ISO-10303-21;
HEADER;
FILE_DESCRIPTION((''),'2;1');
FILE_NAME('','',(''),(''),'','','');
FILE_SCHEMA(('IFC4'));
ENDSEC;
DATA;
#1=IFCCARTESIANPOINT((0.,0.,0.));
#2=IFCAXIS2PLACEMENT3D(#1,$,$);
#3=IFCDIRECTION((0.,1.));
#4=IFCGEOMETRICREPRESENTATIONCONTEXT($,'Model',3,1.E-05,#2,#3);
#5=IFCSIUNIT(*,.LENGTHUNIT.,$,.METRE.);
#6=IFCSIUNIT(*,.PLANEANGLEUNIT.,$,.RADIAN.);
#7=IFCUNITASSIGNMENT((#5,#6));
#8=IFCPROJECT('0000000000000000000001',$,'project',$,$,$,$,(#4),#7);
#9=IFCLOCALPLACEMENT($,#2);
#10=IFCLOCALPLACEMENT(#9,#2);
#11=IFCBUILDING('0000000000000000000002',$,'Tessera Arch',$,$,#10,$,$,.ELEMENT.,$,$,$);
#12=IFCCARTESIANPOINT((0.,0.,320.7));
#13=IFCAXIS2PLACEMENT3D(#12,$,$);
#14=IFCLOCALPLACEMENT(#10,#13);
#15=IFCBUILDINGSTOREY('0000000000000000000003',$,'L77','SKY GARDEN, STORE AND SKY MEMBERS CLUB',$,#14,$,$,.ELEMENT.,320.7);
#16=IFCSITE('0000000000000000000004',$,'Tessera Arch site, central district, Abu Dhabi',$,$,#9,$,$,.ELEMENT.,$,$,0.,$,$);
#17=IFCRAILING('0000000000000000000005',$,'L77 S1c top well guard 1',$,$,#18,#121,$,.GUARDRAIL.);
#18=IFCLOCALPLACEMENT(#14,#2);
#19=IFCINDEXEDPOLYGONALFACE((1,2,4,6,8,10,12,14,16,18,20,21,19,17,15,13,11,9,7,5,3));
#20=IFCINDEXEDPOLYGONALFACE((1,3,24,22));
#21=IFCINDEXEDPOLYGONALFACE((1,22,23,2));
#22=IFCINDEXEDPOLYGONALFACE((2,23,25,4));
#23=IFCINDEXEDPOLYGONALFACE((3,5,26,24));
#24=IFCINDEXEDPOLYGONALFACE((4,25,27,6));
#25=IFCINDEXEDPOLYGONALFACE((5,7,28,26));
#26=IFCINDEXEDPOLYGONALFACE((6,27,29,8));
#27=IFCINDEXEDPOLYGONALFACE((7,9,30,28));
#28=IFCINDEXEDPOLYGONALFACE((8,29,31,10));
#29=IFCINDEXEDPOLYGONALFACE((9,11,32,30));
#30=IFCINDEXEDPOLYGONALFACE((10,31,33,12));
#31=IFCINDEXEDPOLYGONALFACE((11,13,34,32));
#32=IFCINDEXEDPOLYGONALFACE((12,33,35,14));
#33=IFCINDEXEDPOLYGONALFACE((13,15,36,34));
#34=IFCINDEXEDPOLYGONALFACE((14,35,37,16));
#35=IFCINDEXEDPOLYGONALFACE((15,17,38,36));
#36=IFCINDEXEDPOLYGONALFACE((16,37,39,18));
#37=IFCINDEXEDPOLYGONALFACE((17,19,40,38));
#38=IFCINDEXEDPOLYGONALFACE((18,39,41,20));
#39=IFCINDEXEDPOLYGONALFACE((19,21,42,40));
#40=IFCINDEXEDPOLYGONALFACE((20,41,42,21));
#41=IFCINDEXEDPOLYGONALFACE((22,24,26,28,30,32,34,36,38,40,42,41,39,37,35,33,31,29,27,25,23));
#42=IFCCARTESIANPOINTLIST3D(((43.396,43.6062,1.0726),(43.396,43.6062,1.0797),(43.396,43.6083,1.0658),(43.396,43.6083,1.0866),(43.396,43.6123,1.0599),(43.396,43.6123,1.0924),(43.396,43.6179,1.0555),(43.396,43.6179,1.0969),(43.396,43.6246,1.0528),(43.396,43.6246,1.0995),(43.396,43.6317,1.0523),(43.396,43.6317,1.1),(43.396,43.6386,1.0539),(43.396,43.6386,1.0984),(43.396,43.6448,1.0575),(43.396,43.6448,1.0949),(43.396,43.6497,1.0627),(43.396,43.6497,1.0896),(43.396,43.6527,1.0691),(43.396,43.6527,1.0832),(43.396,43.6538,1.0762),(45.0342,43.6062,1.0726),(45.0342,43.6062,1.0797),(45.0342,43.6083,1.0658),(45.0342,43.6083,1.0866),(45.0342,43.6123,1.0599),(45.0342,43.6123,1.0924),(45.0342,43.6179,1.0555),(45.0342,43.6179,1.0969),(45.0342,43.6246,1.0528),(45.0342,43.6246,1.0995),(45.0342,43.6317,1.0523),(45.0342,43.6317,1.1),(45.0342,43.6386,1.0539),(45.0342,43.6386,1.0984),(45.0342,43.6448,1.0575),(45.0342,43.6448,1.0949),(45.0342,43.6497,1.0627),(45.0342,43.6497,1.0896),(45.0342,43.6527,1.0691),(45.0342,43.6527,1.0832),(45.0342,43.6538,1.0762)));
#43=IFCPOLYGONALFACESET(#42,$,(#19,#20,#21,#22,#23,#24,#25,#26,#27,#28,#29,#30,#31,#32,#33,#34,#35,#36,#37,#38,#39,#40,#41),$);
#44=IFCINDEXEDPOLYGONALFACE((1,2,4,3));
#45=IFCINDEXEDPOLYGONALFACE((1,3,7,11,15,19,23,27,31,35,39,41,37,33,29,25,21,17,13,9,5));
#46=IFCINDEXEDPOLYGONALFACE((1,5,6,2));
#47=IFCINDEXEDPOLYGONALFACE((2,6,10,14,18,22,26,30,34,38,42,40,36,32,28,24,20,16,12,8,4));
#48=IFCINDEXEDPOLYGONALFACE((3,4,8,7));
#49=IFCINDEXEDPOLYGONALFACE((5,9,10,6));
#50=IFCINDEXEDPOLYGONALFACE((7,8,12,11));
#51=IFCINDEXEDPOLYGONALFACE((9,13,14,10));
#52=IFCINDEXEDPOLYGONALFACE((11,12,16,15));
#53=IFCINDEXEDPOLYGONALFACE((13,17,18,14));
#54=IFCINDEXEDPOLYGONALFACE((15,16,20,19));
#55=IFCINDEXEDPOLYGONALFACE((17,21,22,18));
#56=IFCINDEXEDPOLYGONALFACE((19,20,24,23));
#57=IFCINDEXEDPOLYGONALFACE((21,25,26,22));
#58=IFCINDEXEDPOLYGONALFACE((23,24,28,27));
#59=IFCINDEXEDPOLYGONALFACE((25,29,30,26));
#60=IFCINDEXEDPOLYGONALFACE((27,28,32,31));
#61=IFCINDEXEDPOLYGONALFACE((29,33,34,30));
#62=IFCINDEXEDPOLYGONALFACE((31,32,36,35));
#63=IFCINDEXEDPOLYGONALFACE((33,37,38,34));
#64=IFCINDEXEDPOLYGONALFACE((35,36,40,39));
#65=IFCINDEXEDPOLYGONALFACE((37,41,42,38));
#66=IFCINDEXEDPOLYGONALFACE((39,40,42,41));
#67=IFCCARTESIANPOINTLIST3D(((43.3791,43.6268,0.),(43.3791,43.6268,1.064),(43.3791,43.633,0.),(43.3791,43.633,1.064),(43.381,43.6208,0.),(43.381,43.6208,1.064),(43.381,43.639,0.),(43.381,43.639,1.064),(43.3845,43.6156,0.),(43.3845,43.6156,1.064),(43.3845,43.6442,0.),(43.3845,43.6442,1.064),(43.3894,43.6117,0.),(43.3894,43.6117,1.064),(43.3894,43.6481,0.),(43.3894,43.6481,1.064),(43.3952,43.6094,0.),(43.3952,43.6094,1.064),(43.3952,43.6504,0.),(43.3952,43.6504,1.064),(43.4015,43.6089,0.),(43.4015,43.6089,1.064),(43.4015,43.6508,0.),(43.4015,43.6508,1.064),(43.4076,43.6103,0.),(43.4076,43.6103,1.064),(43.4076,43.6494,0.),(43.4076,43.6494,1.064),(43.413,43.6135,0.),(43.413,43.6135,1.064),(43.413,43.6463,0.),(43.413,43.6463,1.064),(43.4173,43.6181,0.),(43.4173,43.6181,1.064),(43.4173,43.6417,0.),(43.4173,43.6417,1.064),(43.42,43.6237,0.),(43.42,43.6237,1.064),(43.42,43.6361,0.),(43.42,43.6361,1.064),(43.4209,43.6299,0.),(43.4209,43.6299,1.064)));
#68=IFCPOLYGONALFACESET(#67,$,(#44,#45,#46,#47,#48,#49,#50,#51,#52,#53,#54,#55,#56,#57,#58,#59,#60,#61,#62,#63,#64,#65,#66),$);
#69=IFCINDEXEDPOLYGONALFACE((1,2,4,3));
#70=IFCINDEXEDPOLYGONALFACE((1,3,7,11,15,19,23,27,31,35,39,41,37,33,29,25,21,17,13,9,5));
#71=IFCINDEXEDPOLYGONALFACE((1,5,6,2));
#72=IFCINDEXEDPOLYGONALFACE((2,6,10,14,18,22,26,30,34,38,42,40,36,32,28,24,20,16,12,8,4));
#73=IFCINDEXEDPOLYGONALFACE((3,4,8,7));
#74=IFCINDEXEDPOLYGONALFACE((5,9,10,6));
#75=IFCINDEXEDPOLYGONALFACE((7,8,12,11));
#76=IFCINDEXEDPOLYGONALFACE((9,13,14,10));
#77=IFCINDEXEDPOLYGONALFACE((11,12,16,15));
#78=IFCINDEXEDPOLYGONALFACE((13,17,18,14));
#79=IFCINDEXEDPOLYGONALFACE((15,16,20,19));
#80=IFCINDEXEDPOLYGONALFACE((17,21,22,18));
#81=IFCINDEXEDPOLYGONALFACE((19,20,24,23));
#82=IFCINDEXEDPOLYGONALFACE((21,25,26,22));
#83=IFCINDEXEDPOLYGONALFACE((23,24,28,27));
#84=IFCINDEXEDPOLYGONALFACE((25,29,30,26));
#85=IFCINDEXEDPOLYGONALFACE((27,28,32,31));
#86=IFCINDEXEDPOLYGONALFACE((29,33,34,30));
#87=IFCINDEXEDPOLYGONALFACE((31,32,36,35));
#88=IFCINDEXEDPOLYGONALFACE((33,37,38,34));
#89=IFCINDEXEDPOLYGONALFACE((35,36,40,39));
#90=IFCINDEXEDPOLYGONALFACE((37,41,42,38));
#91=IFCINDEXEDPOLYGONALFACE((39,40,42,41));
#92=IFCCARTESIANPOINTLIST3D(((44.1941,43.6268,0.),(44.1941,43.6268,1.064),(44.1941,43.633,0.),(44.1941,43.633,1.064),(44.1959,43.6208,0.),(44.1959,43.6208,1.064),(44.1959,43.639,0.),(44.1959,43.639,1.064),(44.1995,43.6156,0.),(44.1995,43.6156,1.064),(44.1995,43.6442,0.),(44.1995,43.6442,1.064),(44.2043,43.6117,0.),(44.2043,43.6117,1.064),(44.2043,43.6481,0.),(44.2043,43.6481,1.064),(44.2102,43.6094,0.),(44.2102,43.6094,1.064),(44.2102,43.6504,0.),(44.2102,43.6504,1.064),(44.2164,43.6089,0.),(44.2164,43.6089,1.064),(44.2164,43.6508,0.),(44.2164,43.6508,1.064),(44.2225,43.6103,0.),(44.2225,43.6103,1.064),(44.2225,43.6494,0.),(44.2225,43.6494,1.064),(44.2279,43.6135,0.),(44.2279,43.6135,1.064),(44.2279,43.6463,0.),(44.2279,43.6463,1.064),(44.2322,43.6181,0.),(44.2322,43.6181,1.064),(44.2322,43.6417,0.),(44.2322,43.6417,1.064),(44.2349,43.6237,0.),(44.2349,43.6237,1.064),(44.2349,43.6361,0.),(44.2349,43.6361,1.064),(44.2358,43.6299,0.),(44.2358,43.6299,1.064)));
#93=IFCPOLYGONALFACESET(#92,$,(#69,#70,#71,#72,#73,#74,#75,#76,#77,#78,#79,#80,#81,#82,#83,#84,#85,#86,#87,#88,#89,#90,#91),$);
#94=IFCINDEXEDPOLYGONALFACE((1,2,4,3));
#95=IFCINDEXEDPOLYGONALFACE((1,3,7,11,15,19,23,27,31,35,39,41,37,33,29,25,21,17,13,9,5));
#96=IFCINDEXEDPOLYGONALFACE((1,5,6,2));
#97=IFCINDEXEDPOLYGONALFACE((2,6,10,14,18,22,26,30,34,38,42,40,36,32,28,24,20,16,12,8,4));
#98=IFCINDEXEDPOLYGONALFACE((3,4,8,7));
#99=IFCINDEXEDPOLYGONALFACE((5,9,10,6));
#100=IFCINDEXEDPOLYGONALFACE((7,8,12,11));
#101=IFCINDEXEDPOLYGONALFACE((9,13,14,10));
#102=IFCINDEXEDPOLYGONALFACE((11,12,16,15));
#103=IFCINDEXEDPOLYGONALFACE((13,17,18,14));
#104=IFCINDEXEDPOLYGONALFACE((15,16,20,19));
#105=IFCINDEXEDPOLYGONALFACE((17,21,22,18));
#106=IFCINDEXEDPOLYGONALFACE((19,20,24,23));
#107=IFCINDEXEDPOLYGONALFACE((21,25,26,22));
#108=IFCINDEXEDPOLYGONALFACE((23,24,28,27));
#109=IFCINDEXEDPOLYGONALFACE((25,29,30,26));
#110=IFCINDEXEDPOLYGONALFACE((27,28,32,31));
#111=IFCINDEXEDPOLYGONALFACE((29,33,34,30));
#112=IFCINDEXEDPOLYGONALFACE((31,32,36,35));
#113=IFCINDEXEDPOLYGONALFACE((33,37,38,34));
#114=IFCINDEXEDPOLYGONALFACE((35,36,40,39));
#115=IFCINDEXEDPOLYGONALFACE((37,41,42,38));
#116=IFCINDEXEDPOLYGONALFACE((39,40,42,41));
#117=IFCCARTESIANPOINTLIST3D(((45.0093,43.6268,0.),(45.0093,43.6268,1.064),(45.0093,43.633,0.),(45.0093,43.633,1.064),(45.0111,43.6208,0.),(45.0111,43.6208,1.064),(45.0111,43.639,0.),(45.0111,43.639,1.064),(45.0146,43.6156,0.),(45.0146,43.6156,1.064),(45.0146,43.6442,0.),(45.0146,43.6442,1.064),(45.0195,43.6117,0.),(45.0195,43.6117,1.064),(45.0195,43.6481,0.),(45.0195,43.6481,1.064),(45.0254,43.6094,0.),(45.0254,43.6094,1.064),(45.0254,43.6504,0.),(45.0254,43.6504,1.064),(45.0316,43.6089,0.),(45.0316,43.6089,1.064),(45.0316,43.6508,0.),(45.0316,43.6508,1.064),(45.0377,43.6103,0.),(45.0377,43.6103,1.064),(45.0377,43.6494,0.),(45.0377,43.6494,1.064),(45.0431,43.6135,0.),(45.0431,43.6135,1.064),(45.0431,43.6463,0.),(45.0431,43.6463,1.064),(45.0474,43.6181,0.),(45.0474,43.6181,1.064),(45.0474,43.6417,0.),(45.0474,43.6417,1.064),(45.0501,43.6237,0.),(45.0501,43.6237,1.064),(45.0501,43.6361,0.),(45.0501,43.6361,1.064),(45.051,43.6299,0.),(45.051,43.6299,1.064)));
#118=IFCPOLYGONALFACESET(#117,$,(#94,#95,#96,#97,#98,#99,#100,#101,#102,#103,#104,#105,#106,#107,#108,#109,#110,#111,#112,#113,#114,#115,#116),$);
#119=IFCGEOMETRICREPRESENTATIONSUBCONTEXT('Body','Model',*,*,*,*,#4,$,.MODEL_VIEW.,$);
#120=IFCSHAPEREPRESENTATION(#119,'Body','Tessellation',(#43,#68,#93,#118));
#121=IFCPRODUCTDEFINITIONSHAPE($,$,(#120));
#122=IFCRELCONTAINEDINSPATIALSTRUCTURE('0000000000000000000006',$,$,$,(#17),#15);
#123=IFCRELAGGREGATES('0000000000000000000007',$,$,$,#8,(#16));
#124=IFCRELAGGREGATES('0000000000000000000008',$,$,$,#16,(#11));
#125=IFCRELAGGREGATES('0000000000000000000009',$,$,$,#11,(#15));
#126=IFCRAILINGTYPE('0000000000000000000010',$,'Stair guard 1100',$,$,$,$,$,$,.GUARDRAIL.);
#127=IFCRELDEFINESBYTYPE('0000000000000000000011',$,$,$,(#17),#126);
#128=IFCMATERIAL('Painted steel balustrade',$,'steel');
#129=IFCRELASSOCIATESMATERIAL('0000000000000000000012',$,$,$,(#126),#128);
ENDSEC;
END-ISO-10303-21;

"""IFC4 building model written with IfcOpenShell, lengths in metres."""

from ifc_helpers import new_model, si_unit, direction, frame, origin, origin_2d, place, context, subcontext, project, spatial, circle, extrude, material, type_object, element, save


model = new_model("IFC4")

# Units and contexts
model_context = context("Model", 3, precision=1e-05, world=origin(), true_north=direction((0.0, 1.0)))
body_context = subcontext(model_context, "Body", "Model", "MODEL_VIEW")
ifc_project = project(units=[si_unit("LENGTHUNIT", "METRE"), si_unit("PLANEANGLEUNIT", "RADIAN")], contexts=[model_context])

# Site, building, storey
site_placement = place(None, origin())
site = spatial("IfcSite", under=ifc_project, at=site_placement, Name="Tessera Arch site, central district, Abu Dhabi", CompositionType="ELEMENT", RefElevation=0.0)
building_placement = place(site_placement, origin())
building = spatial("IfcBuilding", under=site, at=building_placement, Name="Tessera Arch", CompositionType="ELEMENT")
storey_placement = place(building_placement, frame((0.0, 0.0, 320.7)))
storey = spatial("IfcBuildingStorey", under=building, at=storey_placement, Name="L77", Description="SKY GARDEN, STORE AND SKY MEMBERS CLUB", CompositionType="ELEMENT", Elevation=320.7)

# Railing
ifc_material_1 = material(Name="Painted steel balustrade", Category="steel")
railing_type = type_object("IfcRailingType", Name="Stair guard 1100", PredefinedType="GUARDRAIL", material=ifc_material_1)
railing_1_placement = place(storey_placement, frame((43.3999, 43.6299, 0.0)))
element("IfcRailing", 1, at=railing_1_placement, inside=storey, type_object=railing_type, Name="L77 S1c top well guard 1", PredefinedType="GUARDRAIL", context=body_context, shape_type="SweptSolid", body=[
    extrude(circle(Radius=0.0239, at=origin_2d()), frame((-0.0039, 0.0, 1.0762), z_axis=(1.0, 0.0, 0.0), x_axis=(0.0, 1.0, 0.0)), (0.0, 0.0, 1.0), 1.6382),
    extrude(circle(Radius=0.021, at=origin_2d()), origin(), (0.0, 0.0, 1.0), 1.064),
    extrude(circle(Radius=0.021, at=origin_2d()), frame((0.8149, 0.0, 0.0)), (0.0, 0.0, 1.0), 1.064),
    extrude(circle(Radius=0.021, at=origin_2d()), frame((1.6301, 0.0, 0.0)), (0.0, 0.0, 1.0), 1.064),
])

save(model, "model.ifc")
